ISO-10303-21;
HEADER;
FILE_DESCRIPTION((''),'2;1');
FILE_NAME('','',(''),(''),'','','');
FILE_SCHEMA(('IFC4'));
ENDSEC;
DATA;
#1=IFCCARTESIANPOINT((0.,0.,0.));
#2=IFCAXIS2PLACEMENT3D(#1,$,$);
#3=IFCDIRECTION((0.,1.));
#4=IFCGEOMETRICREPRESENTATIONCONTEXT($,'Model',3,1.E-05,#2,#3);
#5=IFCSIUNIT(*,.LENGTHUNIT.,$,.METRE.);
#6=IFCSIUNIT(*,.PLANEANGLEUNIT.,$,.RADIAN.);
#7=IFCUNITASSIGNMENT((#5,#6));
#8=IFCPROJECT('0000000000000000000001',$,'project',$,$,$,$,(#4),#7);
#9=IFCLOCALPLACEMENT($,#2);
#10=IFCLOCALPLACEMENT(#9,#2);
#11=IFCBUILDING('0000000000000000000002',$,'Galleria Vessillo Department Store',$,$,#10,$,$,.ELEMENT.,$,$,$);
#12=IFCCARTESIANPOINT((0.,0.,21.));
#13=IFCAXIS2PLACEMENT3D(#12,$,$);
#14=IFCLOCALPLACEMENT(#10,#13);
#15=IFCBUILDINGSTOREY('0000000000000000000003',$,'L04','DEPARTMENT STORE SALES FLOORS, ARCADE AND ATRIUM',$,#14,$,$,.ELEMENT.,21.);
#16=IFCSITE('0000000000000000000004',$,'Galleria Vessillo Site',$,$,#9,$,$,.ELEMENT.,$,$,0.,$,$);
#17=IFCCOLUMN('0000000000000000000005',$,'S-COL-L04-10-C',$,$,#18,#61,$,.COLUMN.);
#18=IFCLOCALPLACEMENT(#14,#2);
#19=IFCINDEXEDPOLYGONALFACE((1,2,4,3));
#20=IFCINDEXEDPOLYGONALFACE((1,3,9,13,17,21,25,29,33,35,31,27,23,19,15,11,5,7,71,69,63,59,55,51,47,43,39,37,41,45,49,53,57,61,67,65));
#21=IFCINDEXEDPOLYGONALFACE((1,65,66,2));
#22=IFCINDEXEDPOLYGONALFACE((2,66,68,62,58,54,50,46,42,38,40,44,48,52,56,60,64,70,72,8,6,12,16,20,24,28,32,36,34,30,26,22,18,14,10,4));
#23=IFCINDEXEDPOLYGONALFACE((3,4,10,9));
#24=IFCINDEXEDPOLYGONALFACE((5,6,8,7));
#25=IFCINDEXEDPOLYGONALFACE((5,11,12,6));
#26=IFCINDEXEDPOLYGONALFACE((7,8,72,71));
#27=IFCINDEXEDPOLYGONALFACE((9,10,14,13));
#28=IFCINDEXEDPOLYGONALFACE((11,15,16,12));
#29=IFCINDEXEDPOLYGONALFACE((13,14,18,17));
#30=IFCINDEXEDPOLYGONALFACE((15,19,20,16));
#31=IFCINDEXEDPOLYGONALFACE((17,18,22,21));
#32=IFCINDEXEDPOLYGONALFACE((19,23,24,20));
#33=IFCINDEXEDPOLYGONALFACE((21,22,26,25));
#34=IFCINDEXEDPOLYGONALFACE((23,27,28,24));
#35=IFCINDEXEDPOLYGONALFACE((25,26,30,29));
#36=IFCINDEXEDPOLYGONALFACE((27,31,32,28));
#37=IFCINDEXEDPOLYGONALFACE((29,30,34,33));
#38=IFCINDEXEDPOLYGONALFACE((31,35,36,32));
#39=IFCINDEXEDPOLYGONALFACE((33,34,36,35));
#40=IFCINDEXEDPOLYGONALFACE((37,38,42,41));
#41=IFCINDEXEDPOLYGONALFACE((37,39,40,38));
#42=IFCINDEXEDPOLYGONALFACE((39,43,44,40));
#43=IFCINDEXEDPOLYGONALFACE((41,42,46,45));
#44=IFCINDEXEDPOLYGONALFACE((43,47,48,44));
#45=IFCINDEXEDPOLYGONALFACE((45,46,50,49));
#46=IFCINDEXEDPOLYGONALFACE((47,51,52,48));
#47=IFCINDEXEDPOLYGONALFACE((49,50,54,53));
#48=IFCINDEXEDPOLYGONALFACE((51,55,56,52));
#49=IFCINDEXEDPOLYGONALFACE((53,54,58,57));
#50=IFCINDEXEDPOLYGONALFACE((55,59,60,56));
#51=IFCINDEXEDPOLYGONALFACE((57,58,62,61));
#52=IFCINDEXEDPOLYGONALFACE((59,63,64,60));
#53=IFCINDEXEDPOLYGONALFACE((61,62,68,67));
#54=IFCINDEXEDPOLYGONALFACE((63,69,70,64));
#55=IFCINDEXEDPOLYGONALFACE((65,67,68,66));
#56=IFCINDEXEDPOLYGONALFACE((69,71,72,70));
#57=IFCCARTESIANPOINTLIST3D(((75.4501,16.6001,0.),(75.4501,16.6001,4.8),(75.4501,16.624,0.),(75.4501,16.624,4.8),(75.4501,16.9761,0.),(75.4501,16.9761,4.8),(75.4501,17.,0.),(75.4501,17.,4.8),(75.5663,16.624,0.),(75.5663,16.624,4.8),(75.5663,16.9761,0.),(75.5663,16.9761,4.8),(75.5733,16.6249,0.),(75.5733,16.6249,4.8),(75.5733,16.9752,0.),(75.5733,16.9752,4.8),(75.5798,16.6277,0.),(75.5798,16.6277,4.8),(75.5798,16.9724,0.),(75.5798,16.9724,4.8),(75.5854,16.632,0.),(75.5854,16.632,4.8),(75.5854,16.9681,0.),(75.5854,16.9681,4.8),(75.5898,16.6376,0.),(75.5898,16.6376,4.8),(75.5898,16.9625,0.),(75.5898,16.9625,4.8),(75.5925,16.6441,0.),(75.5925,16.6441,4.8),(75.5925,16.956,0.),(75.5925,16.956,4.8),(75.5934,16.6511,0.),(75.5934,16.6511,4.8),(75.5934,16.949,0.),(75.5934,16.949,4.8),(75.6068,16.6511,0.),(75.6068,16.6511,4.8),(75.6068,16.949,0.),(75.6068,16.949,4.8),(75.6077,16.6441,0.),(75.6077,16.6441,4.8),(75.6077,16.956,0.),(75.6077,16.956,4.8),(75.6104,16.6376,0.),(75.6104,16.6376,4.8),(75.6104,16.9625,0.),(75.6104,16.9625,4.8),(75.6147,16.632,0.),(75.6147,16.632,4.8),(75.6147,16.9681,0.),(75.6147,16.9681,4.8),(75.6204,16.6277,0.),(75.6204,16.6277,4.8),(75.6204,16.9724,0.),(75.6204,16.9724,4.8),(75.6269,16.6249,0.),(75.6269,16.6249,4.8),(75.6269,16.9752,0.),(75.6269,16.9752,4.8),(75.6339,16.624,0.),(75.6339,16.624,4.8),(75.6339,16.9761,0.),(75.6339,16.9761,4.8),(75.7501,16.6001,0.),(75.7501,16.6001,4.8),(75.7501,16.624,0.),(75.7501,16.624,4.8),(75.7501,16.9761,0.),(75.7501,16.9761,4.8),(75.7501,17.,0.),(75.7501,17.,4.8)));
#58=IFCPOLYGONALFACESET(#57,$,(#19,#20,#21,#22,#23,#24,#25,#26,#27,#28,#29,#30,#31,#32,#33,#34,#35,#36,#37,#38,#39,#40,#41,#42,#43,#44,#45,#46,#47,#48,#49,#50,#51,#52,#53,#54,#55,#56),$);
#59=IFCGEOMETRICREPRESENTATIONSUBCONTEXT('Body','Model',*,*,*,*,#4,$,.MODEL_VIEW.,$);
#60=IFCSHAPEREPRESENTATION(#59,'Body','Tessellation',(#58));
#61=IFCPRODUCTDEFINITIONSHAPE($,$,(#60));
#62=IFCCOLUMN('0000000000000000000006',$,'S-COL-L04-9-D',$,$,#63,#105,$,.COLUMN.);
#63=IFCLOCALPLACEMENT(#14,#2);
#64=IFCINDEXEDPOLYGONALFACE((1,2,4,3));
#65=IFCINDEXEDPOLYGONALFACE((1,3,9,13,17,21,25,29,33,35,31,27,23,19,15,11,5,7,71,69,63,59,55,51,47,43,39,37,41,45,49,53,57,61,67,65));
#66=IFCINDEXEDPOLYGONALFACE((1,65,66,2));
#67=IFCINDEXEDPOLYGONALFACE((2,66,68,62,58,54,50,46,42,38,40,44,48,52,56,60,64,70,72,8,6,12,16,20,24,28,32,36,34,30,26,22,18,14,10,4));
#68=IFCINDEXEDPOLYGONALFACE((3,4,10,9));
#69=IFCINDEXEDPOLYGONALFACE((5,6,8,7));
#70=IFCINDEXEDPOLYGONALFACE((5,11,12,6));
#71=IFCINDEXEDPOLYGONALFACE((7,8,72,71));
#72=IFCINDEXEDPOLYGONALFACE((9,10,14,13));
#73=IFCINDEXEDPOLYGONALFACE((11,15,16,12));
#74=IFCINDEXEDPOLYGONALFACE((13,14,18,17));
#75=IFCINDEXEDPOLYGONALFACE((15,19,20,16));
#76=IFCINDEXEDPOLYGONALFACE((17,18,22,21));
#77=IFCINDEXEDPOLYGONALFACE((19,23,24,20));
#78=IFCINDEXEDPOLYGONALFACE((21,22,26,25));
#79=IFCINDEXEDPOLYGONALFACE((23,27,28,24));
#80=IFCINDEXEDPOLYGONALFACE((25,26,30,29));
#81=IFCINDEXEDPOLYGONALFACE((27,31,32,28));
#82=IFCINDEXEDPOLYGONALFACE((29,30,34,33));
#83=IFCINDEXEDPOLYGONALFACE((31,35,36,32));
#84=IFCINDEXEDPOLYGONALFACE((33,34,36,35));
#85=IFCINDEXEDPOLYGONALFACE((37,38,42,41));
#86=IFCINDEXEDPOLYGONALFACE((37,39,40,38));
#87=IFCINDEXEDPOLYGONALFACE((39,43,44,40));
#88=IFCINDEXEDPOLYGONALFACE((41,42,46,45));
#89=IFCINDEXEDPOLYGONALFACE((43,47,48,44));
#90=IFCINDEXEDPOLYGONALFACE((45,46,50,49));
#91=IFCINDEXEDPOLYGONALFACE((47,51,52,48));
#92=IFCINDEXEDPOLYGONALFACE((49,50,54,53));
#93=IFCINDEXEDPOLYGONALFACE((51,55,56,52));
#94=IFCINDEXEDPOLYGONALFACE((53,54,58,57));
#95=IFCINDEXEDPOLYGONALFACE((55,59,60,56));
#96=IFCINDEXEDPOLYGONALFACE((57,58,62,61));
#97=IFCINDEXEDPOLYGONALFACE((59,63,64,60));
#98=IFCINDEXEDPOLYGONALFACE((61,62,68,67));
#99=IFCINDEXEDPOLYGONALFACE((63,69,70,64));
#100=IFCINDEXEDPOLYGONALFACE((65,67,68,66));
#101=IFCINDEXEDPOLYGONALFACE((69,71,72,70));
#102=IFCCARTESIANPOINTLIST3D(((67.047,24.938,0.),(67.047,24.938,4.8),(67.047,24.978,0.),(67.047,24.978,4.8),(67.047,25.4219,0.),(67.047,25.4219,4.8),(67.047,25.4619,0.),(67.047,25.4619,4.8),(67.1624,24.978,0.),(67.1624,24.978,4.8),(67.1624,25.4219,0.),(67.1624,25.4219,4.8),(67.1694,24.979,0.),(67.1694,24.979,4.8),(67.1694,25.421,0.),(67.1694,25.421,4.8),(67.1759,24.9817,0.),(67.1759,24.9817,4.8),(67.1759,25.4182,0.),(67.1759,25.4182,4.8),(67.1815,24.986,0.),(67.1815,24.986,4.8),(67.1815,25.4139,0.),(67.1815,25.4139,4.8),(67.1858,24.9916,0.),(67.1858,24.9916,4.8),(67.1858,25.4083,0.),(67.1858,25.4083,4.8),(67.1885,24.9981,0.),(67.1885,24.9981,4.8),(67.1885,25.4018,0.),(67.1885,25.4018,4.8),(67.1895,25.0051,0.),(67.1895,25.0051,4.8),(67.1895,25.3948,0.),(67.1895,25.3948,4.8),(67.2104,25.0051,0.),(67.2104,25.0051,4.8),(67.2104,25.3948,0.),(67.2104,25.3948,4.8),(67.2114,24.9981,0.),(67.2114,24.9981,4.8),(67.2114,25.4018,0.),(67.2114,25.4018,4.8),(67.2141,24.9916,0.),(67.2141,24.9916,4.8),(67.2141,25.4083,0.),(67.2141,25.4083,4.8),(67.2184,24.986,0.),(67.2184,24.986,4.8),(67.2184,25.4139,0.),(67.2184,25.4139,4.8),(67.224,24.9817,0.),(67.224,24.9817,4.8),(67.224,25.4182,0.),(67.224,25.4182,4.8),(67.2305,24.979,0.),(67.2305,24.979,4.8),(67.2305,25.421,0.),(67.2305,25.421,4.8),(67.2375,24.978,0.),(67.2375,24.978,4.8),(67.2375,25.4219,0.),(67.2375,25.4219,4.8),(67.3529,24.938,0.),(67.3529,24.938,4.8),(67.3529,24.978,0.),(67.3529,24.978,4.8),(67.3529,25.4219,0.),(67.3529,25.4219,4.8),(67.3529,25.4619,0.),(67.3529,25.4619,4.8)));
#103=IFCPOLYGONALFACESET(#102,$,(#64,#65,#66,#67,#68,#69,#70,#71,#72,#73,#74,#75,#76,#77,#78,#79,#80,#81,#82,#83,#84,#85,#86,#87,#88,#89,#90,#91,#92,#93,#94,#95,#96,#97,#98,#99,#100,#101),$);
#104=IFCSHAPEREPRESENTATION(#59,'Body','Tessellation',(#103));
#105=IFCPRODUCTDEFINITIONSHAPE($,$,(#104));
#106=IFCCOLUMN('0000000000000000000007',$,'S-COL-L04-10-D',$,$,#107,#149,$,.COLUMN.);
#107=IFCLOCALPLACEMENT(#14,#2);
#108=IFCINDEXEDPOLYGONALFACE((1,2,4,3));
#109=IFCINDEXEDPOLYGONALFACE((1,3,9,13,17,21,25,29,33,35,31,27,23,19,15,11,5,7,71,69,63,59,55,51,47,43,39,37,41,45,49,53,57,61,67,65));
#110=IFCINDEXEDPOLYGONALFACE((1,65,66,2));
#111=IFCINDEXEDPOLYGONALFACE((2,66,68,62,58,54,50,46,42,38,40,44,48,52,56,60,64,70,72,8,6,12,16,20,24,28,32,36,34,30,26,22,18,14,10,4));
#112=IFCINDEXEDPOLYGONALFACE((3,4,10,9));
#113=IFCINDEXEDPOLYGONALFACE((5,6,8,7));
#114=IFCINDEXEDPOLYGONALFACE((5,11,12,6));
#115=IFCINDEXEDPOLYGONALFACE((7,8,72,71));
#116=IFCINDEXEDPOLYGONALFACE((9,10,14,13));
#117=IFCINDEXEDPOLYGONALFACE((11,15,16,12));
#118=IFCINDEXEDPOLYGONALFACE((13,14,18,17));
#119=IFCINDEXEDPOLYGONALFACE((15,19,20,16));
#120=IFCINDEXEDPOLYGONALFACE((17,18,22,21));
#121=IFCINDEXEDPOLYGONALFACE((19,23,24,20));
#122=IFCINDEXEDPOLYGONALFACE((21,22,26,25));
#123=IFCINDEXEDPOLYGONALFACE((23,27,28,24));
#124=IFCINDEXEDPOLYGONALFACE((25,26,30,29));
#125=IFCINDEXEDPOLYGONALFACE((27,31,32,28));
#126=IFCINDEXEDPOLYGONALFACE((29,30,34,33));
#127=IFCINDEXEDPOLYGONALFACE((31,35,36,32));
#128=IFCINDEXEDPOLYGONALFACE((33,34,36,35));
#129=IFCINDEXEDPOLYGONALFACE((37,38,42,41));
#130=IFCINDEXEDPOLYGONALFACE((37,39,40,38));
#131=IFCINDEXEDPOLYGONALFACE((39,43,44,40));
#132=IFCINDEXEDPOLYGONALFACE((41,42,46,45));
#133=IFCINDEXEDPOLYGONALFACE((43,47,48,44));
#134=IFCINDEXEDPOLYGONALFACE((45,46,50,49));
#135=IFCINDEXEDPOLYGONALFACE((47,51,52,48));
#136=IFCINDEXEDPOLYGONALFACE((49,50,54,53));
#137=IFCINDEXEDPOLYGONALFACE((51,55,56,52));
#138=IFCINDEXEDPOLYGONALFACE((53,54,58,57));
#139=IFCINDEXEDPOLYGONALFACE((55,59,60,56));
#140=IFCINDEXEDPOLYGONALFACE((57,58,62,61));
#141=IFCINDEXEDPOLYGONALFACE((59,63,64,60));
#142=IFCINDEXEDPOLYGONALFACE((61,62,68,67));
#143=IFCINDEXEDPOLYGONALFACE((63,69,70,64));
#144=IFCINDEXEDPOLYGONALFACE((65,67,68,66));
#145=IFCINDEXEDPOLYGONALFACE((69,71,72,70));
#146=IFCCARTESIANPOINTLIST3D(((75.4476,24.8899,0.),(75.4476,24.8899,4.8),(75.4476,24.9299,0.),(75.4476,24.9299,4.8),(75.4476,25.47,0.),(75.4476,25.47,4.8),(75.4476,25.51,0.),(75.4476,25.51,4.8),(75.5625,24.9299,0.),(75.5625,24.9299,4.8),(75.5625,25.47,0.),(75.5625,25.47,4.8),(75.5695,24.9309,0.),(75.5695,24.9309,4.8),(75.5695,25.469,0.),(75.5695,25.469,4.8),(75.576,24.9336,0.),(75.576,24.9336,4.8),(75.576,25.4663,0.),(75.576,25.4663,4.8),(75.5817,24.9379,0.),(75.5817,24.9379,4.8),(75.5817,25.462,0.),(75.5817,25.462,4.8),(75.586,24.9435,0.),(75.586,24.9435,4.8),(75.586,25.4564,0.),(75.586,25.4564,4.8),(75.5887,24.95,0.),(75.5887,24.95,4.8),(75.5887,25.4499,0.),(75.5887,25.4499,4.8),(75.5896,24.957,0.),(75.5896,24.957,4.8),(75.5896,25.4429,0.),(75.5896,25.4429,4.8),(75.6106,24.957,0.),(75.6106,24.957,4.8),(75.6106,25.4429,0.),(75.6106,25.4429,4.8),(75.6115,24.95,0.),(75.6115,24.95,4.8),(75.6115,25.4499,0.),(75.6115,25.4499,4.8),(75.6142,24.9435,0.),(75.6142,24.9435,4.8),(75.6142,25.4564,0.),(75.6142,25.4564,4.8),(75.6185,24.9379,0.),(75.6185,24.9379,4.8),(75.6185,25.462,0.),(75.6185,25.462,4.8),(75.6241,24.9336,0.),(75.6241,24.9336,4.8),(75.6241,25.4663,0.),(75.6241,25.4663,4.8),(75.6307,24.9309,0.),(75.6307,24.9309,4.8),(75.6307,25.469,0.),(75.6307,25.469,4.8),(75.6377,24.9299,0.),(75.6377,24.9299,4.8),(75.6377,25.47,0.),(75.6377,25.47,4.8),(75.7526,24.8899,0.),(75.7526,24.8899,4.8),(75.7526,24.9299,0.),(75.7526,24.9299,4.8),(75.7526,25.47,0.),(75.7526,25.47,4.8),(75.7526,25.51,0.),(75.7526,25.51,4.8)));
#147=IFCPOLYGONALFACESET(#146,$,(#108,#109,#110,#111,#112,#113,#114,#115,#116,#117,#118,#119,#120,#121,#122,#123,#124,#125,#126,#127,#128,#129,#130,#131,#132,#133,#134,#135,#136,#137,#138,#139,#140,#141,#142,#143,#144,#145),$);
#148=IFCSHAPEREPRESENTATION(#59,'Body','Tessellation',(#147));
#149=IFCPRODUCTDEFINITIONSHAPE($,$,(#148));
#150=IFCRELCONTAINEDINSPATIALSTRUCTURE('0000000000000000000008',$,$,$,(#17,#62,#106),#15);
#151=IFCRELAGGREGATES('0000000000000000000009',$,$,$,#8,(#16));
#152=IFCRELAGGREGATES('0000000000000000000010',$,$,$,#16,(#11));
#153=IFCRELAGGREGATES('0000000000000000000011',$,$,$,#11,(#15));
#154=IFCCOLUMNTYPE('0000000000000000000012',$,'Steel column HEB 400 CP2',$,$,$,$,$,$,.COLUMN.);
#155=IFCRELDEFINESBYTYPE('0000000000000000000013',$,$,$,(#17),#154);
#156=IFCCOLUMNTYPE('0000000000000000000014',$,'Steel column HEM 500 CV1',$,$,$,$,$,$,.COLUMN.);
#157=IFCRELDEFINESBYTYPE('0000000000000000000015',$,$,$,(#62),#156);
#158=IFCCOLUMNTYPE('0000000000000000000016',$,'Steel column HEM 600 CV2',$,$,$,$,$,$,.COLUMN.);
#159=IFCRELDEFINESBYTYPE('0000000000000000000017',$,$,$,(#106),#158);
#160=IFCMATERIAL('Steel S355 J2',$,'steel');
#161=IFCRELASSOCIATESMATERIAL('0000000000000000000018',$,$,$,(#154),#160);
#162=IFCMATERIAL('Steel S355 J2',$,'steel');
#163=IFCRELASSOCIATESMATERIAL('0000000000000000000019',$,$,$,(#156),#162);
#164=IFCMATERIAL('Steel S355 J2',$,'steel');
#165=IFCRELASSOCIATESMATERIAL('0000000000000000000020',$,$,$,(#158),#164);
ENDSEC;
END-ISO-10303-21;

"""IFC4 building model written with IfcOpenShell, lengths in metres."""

from ifc_helpers import new_model, si_unit, direction, frame, origin, origin_2d, place, context, subcontext, project, spatial, i_section, extrude, material, material_profile, profile_set, type_object, element, save


model = new_model("IFC4")

# Units and contexts
model_context = context("Model", 3, precision=1e-05, world=origin(), true_north=direction((0.0, 1.0)))
body_context = subcontext(model_context, "Body", "Model", "MODEL_VIEW")
ifc_project = project(units=[si_unit("LENGTHUNIT", "METRE"), si_unit("PLANEANGLEUNIT", "RADIAN")], contexts=[model_context])

# Site, building, storey
site_placement = place(None, origin())
site = spatial("IfcSite", under=ifc_project, at=site_placement, Name="Galleria Vessillo Site", CompositionType="ELEMENT", RefElevation=0.0)
building_placement = place(site_placement, origin())
building = spatial("IfcBuilding", under=site, at=building_placement, Name="Galleria Vessillo Department Store", CompositionType="ELEMENT")
storey_placement = place(building_placement, frame((0.0, 0.0, 21.0)))
storey = spatial("IfcBuildingStorey", under=building, at=storey_placement, Name="L04", Description="DEPARTMENT STORE SALES FLOORS, ARCADE AND ATRIUM", CompositionType="ELEMENT", Elevation=21.0)

# Columns
ifc_material_1 = material(Name="Steel S355 J2", Category="steel")
ifc_material_profile_1 = material_profile(ifc_material_1, i_section(OverallWidth=0.3, OverallDepth=0.3999, WebThickness=0.0134, FlangeThickness=0.0239, FilletRadius=0.0271, at=origin_2d()), Name="HEB 400")
ifc_profile_set_1 = profile_set([ifc_material_profile_1], Name="Steel S355 J2")
column_type_1 = type_object("IfcColumnType", Name="Steel column HEB 400 CP2", PredefinedType="COLUMN", material=ifc_profile_set_1)
column_1_placement = place(storey_placement, frame((75.6001, 16.8, 0.0), z_axis=(0.0, 0.0, 1.0), x_axis=(1.0, 0.0, 0.0)))
element("IfcColumn", 1, at=column_1_placement, inside=storey, type_object=column_type_1, Name="S-COL-L04-10-C", PredefinedType="COLUMN", context=body_context, shape_type="SweptSolid", body=[
    extrude(i_section(OverallWidth=0.3, OverallDepth=0.3999, WebThickness=0.0134, FlangeThickness=0.0239, FilletRadius=0.0271, at=origin_2d()), origin(), (0.0, 0.0, 1.0), 4.8),
])
ifc_material_2 = material(Name="Steel S355 J2", Category="steel")
ifc_material_profile_2 = material_profile(ifc_material_2, i_section(OverallWidth=0.3059, OverallDepth=0.5239, WebThickness=0.021, FlangeThickness=0.04, FilletRadius=0.0271, at=origin_2d()), Name="HEM 500")
ifc_profile_set_2 = profile_set([ifc_material_profile_2], Name="Steel S355 J2")
column_type_2 = type_object("IfcColumnType", Name="Steel column HEM 500 CV1", PredefinedType="COLUMN", material=ifc_profile_set_2)
column_2_placement = place(storey_placement, frame((67.2, 25.2, 0.0), z_axis=(0.0, 0.0, 1.0), x_axis=(1.0, 0.0, 0.0)))
element("IfcColumn", 2, at=column_2_placement, inside=storey, type_object=column_type_2, Name="S-COL-L04-9-D", PredefinedType="COLUMN", context=body_context, shape_type="SweptSolid", body=[
    extrude(i_section(OverallWidth=0.3059, OverallDepth=0.5239, WebThickness=0.021, FlangeThickness=0.04, FilletRadius=0.0271, at=origin_2d()), origin(), (0.0, 0.0, 1.0), 4.8),
])
ifc_material_3 = material(Name="Steel S355 J2", Category="steel")
ifc_material_profile_3 = material_profile(ifc_material_3, i_section(OverallWidth=0.3049, OverallDepth=0.6201, WebThickness=0.021, FlangeThickness=0.04, FilletRadius=0.0271, at=origin_2d()), Name="HEM 600")
ifc_profile_set_3 = profile_set([ifc_material_profile_3], Name="Steel S355 J2")
column_type_3 = type_object("IfcColumnType", Name="Steel column HEM 600 CV2", PredefinedType="COLUMN", material=ifc_profile_set_3)
column_3_placement = place(storey_placement, frame((75.6001, 25.2, 0.0), z_axis=(0.0, 0.0, 1.0), x_axis=(1.0, 0.0, 0.0)))
element("IfcColumn", 3, at=column_3_placement, inside=storey, type_object=column_type_3, Name="S-COL-L04-10-D", PredefinedType="COLUMN", context=body_context, shape_type="SweptSolid", body=[
    extrude(i_section(OverallWidth=0.3049, OverallDepth=0.6201, WebThickness=0.021, FlangeThickness=0.04, FilletRadius=0.0271, at=origin_2d()), origin(), (0.0, 0.0, 1.0), 4.8),
])

save(model, "model.ifc")
